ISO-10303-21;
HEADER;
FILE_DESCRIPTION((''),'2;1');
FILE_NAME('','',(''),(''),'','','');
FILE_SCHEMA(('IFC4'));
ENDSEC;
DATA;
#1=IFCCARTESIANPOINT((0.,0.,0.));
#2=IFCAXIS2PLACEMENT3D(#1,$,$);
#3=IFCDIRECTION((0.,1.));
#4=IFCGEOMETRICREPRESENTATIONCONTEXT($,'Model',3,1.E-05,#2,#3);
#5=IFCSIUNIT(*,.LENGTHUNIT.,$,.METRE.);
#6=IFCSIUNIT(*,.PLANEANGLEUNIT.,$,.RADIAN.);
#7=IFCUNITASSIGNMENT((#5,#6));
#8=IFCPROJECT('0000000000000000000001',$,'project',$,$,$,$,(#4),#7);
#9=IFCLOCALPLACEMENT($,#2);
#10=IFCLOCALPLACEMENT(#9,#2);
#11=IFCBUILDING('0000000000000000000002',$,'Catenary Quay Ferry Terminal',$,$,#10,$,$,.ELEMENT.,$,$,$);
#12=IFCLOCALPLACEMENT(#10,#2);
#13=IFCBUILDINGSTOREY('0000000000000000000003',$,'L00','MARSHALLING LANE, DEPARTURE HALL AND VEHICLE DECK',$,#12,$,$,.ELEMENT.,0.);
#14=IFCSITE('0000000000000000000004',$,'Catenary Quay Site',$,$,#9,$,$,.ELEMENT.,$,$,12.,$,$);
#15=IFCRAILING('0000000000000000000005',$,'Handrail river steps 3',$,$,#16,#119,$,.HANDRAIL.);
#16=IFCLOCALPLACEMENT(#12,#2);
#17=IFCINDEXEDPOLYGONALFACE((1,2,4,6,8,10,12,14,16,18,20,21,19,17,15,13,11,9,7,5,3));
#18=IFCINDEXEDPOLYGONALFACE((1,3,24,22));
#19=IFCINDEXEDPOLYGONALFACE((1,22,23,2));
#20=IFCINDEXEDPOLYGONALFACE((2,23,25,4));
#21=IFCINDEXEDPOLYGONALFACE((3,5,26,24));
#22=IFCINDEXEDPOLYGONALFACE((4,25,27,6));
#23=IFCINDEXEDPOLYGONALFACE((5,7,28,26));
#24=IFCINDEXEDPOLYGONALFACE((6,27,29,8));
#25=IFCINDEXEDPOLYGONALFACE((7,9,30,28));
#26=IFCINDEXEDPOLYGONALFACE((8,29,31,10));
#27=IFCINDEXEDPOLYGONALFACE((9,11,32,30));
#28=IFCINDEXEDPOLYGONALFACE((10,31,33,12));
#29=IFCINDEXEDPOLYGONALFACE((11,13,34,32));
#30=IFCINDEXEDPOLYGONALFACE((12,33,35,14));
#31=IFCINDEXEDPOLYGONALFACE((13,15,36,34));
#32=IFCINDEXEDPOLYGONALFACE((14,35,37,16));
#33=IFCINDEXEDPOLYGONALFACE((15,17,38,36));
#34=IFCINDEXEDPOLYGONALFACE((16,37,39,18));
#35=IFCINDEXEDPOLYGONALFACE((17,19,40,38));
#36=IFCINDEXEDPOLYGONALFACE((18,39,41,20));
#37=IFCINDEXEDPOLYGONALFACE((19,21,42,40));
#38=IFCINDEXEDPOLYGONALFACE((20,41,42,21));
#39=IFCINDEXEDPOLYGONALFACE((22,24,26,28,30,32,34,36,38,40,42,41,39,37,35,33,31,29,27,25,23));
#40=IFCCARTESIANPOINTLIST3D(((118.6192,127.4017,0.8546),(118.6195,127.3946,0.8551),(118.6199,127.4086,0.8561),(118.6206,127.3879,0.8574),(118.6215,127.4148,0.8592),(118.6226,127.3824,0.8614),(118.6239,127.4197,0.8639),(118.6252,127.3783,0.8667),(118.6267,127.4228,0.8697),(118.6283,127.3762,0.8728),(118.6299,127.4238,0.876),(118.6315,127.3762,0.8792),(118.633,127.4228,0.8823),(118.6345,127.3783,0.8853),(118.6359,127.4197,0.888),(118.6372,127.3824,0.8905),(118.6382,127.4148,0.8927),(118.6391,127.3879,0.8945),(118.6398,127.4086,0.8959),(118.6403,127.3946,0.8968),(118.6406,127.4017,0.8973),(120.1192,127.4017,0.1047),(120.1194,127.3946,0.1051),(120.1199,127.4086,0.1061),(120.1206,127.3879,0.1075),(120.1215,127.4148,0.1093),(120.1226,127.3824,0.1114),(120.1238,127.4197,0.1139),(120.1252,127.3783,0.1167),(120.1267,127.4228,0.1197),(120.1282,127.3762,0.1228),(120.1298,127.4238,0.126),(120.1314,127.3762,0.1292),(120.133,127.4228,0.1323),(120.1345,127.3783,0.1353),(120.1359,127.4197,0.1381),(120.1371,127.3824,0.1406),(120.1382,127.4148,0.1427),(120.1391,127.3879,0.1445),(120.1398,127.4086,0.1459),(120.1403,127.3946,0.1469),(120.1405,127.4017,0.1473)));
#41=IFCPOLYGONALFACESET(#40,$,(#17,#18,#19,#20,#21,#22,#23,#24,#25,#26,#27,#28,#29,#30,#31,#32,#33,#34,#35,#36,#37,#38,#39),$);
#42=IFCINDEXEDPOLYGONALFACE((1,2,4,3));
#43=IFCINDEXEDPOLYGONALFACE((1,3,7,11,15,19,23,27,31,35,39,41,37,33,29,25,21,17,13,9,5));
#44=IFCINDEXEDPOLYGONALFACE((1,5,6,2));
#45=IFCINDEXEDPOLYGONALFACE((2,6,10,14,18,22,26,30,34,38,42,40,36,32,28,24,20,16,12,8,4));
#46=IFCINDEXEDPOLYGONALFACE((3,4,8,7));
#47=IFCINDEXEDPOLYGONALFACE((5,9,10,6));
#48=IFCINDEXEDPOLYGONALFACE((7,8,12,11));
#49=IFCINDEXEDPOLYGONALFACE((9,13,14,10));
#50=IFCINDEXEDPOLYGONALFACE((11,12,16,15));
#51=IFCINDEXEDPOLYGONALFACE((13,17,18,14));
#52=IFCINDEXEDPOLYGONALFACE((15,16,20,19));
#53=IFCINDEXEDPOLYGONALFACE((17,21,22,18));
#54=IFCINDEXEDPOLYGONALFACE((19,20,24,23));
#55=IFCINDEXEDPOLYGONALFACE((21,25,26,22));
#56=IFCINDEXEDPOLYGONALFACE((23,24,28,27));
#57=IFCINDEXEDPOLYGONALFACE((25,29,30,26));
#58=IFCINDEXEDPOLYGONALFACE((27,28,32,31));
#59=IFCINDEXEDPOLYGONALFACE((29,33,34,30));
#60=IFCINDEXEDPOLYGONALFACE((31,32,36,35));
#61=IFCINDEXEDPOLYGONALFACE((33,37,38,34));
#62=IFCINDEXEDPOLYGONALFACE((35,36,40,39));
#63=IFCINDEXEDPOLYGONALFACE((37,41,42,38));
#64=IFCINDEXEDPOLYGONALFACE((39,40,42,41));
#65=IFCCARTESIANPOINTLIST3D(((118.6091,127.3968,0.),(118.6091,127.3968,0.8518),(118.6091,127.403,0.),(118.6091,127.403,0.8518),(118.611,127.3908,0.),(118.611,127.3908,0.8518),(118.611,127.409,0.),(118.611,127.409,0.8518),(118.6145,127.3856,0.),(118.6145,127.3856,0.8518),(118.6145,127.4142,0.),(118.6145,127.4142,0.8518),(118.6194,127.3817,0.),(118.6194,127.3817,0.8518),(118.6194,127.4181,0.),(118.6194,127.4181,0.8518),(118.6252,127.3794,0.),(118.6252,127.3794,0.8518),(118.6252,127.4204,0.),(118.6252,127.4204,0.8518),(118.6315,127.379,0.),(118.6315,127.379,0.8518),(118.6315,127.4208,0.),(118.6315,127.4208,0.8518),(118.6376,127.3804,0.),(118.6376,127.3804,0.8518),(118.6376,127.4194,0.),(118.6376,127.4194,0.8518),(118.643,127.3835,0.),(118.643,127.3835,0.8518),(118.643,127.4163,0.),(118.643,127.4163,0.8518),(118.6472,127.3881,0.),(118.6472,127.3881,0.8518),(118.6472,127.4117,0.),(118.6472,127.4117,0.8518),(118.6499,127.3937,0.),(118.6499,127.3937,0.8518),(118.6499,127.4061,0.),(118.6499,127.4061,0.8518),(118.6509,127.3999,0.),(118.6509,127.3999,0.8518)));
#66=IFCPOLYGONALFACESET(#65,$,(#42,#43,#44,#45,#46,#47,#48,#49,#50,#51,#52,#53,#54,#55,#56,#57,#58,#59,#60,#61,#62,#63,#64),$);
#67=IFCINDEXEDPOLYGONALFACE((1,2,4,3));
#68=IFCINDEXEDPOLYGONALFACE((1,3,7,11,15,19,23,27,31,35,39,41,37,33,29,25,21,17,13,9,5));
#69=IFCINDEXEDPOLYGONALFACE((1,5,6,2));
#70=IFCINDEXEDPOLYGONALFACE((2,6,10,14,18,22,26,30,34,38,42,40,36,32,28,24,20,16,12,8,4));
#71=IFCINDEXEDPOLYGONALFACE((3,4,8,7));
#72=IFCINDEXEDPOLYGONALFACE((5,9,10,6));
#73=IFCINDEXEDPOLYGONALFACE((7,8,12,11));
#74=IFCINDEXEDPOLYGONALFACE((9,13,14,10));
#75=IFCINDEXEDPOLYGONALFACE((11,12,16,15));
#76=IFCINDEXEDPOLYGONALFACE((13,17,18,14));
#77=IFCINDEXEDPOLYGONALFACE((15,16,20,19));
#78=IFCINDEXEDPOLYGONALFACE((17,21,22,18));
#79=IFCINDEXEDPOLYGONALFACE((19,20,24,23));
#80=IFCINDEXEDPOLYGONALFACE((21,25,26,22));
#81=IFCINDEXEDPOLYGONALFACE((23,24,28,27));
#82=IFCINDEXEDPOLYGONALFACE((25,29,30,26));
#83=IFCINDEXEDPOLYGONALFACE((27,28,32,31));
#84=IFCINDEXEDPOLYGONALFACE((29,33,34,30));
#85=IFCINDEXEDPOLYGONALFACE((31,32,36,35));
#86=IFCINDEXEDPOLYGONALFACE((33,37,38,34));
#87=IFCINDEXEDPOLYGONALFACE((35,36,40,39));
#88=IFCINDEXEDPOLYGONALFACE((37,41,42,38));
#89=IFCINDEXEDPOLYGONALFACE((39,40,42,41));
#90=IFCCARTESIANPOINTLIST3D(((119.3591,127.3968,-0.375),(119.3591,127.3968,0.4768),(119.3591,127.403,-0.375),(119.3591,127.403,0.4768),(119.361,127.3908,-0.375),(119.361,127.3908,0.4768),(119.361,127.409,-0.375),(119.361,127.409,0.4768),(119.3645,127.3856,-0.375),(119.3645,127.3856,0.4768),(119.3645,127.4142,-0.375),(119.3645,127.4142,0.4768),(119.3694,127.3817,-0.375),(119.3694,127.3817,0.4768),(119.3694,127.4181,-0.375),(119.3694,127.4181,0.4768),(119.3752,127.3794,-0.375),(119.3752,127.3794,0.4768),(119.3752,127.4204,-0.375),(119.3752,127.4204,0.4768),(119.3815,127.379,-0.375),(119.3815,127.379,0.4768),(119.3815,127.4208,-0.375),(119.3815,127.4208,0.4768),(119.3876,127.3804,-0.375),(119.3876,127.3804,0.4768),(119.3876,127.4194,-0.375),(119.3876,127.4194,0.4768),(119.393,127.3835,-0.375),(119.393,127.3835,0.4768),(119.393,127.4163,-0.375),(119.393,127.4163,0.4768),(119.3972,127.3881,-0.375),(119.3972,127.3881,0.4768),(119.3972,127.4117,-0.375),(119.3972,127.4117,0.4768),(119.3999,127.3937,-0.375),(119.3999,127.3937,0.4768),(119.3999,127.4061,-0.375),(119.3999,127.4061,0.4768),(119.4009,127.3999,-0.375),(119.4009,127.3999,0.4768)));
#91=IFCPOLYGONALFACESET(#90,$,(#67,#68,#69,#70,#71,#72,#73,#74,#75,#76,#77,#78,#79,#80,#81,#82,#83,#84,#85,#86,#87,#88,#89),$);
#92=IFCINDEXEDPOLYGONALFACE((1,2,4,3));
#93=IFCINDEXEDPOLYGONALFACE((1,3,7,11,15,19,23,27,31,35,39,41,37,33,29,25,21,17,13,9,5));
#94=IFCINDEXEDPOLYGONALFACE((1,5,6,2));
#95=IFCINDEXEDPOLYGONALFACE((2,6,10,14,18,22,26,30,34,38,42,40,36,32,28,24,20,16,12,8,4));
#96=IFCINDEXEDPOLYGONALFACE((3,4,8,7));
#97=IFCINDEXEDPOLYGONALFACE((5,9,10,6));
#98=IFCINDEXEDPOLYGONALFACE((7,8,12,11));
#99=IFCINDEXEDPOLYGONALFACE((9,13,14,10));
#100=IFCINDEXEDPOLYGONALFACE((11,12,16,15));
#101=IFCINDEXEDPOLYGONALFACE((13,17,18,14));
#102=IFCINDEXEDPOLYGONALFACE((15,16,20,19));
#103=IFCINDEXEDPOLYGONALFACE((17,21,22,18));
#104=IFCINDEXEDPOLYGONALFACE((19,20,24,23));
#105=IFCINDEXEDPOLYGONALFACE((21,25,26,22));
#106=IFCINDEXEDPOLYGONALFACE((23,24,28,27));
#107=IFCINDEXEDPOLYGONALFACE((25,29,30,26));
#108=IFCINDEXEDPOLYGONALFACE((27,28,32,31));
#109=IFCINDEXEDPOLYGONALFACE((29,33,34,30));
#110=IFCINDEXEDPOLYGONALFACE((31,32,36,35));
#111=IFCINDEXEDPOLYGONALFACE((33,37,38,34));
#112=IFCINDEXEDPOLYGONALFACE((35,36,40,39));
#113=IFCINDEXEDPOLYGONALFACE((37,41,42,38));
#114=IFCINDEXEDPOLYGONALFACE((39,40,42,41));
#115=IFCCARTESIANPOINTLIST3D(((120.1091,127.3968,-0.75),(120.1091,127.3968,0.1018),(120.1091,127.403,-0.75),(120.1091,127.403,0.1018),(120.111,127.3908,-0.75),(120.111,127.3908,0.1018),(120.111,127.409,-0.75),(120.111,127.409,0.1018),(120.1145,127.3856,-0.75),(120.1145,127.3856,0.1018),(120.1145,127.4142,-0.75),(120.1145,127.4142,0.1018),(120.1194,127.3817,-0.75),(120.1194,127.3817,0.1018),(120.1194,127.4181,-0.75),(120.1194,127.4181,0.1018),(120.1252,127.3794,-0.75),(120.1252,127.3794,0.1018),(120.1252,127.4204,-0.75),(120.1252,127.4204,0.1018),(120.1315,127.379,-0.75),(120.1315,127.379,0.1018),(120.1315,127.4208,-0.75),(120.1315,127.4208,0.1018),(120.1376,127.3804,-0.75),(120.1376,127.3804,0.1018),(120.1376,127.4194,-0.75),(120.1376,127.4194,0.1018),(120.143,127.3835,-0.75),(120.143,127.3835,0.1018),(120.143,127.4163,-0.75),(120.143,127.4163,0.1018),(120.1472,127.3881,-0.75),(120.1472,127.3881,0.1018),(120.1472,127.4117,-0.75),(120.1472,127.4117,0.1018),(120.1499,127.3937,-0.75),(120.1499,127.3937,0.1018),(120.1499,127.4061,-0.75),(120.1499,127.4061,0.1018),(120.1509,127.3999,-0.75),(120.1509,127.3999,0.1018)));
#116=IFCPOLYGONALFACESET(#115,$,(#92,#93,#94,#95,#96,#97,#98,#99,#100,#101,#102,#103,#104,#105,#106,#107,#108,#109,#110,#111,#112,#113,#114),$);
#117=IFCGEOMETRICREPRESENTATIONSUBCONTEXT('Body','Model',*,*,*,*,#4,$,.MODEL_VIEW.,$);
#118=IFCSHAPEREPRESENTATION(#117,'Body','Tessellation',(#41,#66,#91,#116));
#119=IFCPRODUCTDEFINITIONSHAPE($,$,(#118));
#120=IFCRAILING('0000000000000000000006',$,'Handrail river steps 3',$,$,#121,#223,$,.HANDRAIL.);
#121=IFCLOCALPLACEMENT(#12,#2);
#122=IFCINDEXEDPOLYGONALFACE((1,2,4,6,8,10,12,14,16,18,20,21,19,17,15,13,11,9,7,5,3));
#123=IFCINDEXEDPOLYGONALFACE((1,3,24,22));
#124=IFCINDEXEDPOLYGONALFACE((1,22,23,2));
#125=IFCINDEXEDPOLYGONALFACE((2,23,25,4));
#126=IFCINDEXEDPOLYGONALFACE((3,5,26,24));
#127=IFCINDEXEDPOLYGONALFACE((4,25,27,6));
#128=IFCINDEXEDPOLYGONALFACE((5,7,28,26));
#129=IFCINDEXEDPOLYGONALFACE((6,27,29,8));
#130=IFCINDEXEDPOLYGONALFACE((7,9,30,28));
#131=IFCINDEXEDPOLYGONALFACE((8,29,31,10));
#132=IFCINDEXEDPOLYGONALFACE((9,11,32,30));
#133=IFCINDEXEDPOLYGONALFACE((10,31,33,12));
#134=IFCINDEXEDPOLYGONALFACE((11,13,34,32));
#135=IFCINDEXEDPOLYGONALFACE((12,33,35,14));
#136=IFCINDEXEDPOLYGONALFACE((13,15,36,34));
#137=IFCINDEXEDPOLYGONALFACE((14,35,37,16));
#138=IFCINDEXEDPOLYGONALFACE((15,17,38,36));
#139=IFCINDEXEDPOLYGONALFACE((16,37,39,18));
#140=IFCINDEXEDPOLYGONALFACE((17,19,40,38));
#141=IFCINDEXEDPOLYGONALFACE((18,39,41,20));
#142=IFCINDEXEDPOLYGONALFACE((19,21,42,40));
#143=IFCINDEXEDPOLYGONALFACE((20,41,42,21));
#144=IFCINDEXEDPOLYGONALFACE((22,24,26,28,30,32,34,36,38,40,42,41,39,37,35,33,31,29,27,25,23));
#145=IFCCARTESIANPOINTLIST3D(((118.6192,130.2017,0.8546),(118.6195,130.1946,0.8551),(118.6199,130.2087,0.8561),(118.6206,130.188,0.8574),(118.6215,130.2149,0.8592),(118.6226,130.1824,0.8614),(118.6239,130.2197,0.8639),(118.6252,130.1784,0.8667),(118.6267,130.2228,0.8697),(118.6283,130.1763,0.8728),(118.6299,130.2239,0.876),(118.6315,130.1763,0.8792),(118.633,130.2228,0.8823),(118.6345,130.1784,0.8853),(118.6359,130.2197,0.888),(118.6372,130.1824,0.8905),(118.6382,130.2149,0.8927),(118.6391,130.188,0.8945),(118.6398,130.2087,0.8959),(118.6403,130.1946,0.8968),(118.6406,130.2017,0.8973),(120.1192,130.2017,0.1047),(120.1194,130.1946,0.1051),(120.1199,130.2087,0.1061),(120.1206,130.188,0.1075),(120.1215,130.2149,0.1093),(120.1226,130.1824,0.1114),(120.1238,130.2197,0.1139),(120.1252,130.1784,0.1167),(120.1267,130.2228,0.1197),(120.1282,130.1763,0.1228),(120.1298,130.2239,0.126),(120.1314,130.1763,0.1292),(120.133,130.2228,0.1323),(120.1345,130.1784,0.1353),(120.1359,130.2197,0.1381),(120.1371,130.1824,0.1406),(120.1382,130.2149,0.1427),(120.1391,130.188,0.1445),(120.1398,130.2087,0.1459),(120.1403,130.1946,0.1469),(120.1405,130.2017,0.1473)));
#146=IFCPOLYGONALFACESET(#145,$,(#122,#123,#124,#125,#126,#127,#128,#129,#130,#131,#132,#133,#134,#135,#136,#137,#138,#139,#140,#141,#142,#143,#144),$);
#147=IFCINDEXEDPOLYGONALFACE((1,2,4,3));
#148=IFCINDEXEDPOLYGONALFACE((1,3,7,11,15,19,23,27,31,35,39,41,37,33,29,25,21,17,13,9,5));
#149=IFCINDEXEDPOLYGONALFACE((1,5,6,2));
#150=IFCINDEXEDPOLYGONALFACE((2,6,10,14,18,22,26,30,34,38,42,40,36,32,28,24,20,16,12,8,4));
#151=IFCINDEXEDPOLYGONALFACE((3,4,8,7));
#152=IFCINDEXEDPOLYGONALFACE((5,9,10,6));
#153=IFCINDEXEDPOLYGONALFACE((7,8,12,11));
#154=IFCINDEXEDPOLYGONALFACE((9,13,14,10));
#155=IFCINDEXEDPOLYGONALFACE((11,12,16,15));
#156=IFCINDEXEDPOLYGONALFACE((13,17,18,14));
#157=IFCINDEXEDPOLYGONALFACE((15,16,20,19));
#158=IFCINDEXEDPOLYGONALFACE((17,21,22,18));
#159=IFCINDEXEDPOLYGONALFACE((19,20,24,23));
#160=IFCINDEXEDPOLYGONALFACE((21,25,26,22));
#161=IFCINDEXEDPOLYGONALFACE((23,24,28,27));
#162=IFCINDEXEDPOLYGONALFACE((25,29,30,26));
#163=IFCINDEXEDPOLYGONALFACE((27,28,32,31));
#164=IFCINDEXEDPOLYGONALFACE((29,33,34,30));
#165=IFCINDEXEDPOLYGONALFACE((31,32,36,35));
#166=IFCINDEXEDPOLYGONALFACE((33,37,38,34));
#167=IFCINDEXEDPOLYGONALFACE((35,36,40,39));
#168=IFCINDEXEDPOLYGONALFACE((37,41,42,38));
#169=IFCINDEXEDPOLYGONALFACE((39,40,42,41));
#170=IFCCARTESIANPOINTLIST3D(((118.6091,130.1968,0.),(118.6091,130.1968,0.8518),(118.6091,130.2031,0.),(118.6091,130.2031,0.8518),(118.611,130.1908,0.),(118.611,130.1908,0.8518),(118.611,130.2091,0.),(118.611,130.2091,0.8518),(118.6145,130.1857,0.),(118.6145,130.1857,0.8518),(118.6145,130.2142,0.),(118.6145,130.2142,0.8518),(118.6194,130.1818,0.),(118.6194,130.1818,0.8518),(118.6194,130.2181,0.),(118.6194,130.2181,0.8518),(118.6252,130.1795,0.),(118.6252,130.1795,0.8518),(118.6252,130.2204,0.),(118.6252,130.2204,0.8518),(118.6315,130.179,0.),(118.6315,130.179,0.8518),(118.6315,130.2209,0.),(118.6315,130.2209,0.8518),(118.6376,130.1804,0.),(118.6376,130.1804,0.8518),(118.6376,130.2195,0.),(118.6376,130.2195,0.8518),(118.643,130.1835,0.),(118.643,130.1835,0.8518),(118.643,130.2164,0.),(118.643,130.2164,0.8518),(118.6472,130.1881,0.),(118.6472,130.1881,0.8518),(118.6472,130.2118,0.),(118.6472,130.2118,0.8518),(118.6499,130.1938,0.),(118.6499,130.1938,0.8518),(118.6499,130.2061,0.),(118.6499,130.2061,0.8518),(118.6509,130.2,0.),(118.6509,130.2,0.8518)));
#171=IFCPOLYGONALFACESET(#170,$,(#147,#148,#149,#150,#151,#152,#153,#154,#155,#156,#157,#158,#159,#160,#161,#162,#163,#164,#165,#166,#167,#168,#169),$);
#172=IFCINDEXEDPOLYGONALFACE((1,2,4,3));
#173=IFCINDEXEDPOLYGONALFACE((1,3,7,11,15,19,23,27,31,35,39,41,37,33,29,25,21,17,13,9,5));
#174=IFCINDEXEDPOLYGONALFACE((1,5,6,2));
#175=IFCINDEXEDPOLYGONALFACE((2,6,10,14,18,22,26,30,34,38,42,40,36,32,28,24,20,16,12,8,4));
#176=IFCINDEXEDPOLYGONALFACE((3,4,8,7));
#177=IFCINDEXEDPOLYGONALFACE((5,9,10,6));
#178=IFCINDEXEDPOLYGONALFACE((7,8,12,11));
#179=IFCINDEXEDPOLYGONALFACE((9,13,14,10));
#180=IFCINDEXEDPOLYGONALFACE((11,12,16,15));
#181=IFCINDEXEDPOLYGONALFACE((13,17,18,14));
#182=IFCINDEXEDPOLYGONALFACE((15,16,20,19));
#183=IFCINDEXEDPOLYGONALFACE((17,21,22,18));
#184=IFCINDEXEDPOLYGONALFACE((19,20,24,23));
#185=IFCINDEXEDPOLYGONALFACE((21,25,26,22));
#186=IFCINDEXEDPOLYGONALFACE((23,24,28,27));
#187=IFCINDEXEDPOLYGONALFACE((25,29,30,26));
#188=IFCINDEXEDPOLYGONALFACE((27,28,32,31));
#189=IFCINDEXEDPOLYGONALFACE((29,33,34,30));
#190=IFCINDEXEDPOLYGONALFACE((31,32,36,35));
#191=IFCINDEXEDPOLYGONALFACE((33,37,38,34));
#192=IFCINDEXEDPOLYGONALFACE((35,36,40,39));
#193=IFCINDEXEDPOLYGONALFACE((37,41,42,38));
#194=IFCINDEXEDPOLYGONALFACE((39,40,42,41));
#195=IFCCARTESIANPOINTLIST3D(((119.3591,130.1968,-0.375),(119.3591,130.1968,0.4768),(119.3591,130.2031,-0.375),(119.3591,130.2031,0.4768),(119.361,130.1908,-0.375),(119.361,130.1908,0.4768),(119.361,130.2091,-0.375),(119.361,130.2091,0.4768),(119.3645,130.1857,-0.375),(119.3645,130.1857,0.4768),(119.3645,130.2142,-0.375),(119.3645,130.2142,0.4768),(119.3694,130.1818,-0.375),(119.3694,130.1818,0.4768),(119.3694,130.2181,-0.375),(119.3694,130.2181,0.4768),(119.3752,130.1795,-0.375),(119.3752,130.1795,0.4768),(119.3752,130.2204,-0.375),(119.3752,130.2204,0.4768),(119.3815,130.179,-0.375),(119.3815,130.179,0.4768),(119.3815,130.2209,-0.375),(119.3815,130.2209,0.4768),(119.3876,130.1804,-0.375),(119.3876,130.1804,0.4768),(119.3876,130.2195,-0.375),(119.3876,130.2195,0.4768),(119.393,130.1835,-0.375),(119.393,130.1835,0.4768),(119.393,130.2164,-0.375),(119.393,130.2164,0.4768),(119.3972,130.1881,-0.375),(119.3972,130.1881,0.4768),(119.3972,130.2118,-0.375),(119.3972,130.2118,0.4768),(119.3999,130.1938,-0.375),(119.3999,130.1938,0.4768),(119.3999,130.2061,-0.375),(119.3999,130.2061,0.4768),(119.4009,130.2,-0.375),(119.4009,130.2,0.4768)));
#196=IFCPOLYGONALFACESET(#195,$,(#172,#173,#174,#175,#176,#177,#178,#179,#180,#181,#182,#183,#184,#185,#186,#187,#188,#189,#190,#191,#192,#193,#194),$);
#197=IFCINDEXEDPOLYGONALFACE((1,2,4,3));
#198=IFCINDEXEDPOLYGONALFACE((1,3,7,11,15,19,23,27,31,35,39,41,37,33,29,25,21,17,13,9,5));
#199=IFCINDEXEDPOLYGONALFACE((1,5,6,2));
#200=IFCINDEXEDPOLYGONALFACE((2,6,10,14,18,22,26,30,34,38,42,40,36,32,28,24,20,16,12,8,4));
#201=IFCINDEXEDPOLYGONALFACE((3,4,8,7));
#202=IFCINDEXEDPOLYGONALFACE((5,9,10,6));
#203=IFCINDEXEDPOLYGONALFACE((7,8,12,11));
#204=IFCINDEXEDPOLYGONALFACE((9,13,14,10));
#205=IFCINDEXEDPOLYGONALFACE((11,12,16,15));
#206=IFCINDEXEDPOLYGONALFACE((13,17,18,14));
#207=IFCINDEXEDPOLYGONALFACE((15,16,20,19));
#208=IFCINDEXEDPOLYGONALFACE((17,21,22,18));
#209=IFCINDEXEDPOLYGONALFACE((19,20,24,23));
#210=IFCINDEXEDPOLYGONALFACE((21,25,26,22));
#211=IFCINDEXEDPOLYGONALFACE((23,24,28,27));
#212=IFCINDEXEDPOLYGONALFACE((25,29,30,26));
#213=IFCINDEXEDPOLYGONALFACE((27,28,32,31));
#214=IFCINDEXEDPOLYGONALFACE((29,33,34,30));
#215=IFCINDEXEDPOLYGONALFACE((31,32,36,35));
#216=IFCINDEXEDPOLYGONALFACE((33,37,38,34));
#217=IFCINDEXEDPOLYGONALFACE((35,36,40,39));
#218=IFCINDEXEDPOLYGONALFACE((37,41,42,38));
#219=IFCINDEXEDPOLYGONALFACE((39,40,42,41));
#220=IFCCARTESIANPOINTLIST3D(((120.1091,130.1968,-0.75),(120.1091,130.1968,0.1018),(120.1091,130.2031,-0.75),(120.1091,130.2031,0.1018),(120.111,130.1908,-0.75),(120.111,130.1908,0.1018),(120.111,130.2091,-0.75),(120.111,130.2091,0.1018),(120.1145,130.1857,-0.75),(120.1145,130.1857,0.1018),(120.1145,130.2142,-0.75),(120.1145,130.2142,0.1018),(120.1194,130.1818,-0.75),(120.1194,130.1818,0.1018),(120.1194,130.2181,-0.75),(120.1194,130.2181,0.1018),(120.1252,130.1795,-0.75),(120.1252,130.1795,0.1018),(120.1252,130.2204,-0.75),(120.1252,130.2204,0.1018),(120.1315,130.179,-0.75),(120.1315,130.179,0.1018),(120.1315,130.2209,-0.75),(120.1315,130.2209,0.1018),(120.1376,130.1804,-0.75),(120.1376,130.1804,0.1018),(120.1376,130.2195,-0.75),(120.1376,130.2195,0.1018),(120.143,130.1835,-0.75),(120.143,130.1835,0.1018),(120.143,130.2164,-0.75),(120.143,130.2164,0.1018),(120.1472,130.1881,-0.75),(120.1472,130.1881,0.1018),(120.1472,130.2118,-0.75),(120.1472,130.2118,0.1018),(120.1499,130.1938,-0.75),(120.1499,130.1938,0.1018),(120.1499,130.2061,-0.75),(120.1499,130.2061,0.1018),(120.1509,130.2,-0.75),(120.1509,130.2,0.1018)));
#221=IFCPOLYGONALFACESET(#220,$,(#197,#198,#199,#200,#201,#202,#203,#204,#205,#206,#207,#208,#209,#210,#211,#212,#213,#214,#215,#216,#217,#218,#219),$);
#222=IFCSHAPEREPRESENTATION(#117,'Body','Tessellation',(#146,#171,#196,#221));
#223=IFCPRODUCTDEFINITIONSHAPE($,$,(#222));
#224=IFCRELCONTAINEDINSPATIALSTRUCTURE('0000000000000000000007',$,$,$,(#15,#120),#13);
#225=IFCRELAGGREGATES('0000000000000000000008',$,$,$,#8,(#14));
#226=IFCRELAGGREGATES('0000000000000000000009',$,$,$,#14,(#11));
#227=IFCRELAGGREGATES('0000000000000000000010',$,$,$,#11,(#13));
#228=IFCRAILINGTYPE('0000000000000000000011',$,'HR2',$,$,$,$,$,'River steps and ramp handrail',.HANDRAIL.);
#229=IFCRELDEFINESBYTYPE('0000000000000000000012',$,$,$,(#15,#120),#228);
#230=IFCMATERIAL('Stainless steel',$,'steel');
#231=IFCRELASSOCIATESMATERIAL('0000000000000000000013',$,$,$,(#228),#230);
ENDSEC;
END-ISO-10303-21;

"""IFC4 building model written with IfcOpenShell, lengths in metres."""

from ifc_helpers import new_model, si_unit, direction, frame, origin, origin_2d, place, context, subcontext, project, spatial, circle, extrude, material, type_object, element, save


model = new_model("IFC4")

# Units and contexts
model_context = context("Model", 3, precision=1e-05, world=origin(), true_north=direction((0.0, 1.0)))
body_context = subcontext(model_context, "Body", "Model", "MODEL_VIEW")
ifc_project = project(units=[si_unit("LENGTHUNIT", "METRE"), si_unit("PLANEANGLEUNIT", "RADIAN")], contexts=[model_context])

# Site, building, storey
site_placement = place(None, origin())
site = spatial("IfcSite", under=ifc_project, at=site_placement, Name="Catenary Quay Site", CompositionType="ELEMENT", RefElevation=12.0)
building_placement = place(site_placement, origin())
building = spatial("IfcBuilding", under=site, at=building_placement, Name="Catenary Quay Ferry Terminal", CompositionType="ELEMENT")
storey_placement = place(building_placement, origin())
storey = spatial("IfcBuildingStorey", under=building, at=storey_placement, Name="L00", Description="MARSHALLING LANE, DEPARTURE HALL AND VEHICLE DECK", CompositionType="ELEMENT", Elevation=0.0)

# Railings
ifc_material_1 = material(Name="Stainless steel", Category="steel")
railing_type_1 = type_object("IfcRailingType", Name="HR2", ElementType="River steps and ramp handrail", PredefinedType="HANDRAIL", material=ifc_material_1)
for number, where, name in (
    (1, (118.6299, 127.3999, 0.0), "Handrail river steps 3"),
    (2, (118.6299, 130.2, 0.0), "Handrail river steps 3"),
):
    element("IfcRailing", number, at=place(storey_placement, frame(where)), inside=storey, type_object=railing_type_1, Name=name, PredefinedType="HANDRAIL", context=body_context, shape_type="SweptSolid", body=[
        extrude(circle(Radius=0.0239, at=origin_2d()), frame((0.0, 0.0, 0.876), z_axis=(0.894427, 0.0, -0.447214), x_axis=(0.0, 1.0, 0.0)), (0.0, 0.0, 1.0), 1.677),
        extrude(circle(Radius=0.021, at=origin_2d()), origin(), (0.0, 0.0, 1.0), 0.8518),
        extrude(circle(Radius=0.021, at=origin_2d()), frame((0.75, 0.0, -0.375)), (0.0, 0.0, 1.0), 0.8518),
        extrude(circle(Radius=0.021, at=origin_2d()), frame((1.5, 0.0, -0.75)), (0.0, 0.0, 1.0), 0.8518),
    ])

save(model, "model.ifc")
